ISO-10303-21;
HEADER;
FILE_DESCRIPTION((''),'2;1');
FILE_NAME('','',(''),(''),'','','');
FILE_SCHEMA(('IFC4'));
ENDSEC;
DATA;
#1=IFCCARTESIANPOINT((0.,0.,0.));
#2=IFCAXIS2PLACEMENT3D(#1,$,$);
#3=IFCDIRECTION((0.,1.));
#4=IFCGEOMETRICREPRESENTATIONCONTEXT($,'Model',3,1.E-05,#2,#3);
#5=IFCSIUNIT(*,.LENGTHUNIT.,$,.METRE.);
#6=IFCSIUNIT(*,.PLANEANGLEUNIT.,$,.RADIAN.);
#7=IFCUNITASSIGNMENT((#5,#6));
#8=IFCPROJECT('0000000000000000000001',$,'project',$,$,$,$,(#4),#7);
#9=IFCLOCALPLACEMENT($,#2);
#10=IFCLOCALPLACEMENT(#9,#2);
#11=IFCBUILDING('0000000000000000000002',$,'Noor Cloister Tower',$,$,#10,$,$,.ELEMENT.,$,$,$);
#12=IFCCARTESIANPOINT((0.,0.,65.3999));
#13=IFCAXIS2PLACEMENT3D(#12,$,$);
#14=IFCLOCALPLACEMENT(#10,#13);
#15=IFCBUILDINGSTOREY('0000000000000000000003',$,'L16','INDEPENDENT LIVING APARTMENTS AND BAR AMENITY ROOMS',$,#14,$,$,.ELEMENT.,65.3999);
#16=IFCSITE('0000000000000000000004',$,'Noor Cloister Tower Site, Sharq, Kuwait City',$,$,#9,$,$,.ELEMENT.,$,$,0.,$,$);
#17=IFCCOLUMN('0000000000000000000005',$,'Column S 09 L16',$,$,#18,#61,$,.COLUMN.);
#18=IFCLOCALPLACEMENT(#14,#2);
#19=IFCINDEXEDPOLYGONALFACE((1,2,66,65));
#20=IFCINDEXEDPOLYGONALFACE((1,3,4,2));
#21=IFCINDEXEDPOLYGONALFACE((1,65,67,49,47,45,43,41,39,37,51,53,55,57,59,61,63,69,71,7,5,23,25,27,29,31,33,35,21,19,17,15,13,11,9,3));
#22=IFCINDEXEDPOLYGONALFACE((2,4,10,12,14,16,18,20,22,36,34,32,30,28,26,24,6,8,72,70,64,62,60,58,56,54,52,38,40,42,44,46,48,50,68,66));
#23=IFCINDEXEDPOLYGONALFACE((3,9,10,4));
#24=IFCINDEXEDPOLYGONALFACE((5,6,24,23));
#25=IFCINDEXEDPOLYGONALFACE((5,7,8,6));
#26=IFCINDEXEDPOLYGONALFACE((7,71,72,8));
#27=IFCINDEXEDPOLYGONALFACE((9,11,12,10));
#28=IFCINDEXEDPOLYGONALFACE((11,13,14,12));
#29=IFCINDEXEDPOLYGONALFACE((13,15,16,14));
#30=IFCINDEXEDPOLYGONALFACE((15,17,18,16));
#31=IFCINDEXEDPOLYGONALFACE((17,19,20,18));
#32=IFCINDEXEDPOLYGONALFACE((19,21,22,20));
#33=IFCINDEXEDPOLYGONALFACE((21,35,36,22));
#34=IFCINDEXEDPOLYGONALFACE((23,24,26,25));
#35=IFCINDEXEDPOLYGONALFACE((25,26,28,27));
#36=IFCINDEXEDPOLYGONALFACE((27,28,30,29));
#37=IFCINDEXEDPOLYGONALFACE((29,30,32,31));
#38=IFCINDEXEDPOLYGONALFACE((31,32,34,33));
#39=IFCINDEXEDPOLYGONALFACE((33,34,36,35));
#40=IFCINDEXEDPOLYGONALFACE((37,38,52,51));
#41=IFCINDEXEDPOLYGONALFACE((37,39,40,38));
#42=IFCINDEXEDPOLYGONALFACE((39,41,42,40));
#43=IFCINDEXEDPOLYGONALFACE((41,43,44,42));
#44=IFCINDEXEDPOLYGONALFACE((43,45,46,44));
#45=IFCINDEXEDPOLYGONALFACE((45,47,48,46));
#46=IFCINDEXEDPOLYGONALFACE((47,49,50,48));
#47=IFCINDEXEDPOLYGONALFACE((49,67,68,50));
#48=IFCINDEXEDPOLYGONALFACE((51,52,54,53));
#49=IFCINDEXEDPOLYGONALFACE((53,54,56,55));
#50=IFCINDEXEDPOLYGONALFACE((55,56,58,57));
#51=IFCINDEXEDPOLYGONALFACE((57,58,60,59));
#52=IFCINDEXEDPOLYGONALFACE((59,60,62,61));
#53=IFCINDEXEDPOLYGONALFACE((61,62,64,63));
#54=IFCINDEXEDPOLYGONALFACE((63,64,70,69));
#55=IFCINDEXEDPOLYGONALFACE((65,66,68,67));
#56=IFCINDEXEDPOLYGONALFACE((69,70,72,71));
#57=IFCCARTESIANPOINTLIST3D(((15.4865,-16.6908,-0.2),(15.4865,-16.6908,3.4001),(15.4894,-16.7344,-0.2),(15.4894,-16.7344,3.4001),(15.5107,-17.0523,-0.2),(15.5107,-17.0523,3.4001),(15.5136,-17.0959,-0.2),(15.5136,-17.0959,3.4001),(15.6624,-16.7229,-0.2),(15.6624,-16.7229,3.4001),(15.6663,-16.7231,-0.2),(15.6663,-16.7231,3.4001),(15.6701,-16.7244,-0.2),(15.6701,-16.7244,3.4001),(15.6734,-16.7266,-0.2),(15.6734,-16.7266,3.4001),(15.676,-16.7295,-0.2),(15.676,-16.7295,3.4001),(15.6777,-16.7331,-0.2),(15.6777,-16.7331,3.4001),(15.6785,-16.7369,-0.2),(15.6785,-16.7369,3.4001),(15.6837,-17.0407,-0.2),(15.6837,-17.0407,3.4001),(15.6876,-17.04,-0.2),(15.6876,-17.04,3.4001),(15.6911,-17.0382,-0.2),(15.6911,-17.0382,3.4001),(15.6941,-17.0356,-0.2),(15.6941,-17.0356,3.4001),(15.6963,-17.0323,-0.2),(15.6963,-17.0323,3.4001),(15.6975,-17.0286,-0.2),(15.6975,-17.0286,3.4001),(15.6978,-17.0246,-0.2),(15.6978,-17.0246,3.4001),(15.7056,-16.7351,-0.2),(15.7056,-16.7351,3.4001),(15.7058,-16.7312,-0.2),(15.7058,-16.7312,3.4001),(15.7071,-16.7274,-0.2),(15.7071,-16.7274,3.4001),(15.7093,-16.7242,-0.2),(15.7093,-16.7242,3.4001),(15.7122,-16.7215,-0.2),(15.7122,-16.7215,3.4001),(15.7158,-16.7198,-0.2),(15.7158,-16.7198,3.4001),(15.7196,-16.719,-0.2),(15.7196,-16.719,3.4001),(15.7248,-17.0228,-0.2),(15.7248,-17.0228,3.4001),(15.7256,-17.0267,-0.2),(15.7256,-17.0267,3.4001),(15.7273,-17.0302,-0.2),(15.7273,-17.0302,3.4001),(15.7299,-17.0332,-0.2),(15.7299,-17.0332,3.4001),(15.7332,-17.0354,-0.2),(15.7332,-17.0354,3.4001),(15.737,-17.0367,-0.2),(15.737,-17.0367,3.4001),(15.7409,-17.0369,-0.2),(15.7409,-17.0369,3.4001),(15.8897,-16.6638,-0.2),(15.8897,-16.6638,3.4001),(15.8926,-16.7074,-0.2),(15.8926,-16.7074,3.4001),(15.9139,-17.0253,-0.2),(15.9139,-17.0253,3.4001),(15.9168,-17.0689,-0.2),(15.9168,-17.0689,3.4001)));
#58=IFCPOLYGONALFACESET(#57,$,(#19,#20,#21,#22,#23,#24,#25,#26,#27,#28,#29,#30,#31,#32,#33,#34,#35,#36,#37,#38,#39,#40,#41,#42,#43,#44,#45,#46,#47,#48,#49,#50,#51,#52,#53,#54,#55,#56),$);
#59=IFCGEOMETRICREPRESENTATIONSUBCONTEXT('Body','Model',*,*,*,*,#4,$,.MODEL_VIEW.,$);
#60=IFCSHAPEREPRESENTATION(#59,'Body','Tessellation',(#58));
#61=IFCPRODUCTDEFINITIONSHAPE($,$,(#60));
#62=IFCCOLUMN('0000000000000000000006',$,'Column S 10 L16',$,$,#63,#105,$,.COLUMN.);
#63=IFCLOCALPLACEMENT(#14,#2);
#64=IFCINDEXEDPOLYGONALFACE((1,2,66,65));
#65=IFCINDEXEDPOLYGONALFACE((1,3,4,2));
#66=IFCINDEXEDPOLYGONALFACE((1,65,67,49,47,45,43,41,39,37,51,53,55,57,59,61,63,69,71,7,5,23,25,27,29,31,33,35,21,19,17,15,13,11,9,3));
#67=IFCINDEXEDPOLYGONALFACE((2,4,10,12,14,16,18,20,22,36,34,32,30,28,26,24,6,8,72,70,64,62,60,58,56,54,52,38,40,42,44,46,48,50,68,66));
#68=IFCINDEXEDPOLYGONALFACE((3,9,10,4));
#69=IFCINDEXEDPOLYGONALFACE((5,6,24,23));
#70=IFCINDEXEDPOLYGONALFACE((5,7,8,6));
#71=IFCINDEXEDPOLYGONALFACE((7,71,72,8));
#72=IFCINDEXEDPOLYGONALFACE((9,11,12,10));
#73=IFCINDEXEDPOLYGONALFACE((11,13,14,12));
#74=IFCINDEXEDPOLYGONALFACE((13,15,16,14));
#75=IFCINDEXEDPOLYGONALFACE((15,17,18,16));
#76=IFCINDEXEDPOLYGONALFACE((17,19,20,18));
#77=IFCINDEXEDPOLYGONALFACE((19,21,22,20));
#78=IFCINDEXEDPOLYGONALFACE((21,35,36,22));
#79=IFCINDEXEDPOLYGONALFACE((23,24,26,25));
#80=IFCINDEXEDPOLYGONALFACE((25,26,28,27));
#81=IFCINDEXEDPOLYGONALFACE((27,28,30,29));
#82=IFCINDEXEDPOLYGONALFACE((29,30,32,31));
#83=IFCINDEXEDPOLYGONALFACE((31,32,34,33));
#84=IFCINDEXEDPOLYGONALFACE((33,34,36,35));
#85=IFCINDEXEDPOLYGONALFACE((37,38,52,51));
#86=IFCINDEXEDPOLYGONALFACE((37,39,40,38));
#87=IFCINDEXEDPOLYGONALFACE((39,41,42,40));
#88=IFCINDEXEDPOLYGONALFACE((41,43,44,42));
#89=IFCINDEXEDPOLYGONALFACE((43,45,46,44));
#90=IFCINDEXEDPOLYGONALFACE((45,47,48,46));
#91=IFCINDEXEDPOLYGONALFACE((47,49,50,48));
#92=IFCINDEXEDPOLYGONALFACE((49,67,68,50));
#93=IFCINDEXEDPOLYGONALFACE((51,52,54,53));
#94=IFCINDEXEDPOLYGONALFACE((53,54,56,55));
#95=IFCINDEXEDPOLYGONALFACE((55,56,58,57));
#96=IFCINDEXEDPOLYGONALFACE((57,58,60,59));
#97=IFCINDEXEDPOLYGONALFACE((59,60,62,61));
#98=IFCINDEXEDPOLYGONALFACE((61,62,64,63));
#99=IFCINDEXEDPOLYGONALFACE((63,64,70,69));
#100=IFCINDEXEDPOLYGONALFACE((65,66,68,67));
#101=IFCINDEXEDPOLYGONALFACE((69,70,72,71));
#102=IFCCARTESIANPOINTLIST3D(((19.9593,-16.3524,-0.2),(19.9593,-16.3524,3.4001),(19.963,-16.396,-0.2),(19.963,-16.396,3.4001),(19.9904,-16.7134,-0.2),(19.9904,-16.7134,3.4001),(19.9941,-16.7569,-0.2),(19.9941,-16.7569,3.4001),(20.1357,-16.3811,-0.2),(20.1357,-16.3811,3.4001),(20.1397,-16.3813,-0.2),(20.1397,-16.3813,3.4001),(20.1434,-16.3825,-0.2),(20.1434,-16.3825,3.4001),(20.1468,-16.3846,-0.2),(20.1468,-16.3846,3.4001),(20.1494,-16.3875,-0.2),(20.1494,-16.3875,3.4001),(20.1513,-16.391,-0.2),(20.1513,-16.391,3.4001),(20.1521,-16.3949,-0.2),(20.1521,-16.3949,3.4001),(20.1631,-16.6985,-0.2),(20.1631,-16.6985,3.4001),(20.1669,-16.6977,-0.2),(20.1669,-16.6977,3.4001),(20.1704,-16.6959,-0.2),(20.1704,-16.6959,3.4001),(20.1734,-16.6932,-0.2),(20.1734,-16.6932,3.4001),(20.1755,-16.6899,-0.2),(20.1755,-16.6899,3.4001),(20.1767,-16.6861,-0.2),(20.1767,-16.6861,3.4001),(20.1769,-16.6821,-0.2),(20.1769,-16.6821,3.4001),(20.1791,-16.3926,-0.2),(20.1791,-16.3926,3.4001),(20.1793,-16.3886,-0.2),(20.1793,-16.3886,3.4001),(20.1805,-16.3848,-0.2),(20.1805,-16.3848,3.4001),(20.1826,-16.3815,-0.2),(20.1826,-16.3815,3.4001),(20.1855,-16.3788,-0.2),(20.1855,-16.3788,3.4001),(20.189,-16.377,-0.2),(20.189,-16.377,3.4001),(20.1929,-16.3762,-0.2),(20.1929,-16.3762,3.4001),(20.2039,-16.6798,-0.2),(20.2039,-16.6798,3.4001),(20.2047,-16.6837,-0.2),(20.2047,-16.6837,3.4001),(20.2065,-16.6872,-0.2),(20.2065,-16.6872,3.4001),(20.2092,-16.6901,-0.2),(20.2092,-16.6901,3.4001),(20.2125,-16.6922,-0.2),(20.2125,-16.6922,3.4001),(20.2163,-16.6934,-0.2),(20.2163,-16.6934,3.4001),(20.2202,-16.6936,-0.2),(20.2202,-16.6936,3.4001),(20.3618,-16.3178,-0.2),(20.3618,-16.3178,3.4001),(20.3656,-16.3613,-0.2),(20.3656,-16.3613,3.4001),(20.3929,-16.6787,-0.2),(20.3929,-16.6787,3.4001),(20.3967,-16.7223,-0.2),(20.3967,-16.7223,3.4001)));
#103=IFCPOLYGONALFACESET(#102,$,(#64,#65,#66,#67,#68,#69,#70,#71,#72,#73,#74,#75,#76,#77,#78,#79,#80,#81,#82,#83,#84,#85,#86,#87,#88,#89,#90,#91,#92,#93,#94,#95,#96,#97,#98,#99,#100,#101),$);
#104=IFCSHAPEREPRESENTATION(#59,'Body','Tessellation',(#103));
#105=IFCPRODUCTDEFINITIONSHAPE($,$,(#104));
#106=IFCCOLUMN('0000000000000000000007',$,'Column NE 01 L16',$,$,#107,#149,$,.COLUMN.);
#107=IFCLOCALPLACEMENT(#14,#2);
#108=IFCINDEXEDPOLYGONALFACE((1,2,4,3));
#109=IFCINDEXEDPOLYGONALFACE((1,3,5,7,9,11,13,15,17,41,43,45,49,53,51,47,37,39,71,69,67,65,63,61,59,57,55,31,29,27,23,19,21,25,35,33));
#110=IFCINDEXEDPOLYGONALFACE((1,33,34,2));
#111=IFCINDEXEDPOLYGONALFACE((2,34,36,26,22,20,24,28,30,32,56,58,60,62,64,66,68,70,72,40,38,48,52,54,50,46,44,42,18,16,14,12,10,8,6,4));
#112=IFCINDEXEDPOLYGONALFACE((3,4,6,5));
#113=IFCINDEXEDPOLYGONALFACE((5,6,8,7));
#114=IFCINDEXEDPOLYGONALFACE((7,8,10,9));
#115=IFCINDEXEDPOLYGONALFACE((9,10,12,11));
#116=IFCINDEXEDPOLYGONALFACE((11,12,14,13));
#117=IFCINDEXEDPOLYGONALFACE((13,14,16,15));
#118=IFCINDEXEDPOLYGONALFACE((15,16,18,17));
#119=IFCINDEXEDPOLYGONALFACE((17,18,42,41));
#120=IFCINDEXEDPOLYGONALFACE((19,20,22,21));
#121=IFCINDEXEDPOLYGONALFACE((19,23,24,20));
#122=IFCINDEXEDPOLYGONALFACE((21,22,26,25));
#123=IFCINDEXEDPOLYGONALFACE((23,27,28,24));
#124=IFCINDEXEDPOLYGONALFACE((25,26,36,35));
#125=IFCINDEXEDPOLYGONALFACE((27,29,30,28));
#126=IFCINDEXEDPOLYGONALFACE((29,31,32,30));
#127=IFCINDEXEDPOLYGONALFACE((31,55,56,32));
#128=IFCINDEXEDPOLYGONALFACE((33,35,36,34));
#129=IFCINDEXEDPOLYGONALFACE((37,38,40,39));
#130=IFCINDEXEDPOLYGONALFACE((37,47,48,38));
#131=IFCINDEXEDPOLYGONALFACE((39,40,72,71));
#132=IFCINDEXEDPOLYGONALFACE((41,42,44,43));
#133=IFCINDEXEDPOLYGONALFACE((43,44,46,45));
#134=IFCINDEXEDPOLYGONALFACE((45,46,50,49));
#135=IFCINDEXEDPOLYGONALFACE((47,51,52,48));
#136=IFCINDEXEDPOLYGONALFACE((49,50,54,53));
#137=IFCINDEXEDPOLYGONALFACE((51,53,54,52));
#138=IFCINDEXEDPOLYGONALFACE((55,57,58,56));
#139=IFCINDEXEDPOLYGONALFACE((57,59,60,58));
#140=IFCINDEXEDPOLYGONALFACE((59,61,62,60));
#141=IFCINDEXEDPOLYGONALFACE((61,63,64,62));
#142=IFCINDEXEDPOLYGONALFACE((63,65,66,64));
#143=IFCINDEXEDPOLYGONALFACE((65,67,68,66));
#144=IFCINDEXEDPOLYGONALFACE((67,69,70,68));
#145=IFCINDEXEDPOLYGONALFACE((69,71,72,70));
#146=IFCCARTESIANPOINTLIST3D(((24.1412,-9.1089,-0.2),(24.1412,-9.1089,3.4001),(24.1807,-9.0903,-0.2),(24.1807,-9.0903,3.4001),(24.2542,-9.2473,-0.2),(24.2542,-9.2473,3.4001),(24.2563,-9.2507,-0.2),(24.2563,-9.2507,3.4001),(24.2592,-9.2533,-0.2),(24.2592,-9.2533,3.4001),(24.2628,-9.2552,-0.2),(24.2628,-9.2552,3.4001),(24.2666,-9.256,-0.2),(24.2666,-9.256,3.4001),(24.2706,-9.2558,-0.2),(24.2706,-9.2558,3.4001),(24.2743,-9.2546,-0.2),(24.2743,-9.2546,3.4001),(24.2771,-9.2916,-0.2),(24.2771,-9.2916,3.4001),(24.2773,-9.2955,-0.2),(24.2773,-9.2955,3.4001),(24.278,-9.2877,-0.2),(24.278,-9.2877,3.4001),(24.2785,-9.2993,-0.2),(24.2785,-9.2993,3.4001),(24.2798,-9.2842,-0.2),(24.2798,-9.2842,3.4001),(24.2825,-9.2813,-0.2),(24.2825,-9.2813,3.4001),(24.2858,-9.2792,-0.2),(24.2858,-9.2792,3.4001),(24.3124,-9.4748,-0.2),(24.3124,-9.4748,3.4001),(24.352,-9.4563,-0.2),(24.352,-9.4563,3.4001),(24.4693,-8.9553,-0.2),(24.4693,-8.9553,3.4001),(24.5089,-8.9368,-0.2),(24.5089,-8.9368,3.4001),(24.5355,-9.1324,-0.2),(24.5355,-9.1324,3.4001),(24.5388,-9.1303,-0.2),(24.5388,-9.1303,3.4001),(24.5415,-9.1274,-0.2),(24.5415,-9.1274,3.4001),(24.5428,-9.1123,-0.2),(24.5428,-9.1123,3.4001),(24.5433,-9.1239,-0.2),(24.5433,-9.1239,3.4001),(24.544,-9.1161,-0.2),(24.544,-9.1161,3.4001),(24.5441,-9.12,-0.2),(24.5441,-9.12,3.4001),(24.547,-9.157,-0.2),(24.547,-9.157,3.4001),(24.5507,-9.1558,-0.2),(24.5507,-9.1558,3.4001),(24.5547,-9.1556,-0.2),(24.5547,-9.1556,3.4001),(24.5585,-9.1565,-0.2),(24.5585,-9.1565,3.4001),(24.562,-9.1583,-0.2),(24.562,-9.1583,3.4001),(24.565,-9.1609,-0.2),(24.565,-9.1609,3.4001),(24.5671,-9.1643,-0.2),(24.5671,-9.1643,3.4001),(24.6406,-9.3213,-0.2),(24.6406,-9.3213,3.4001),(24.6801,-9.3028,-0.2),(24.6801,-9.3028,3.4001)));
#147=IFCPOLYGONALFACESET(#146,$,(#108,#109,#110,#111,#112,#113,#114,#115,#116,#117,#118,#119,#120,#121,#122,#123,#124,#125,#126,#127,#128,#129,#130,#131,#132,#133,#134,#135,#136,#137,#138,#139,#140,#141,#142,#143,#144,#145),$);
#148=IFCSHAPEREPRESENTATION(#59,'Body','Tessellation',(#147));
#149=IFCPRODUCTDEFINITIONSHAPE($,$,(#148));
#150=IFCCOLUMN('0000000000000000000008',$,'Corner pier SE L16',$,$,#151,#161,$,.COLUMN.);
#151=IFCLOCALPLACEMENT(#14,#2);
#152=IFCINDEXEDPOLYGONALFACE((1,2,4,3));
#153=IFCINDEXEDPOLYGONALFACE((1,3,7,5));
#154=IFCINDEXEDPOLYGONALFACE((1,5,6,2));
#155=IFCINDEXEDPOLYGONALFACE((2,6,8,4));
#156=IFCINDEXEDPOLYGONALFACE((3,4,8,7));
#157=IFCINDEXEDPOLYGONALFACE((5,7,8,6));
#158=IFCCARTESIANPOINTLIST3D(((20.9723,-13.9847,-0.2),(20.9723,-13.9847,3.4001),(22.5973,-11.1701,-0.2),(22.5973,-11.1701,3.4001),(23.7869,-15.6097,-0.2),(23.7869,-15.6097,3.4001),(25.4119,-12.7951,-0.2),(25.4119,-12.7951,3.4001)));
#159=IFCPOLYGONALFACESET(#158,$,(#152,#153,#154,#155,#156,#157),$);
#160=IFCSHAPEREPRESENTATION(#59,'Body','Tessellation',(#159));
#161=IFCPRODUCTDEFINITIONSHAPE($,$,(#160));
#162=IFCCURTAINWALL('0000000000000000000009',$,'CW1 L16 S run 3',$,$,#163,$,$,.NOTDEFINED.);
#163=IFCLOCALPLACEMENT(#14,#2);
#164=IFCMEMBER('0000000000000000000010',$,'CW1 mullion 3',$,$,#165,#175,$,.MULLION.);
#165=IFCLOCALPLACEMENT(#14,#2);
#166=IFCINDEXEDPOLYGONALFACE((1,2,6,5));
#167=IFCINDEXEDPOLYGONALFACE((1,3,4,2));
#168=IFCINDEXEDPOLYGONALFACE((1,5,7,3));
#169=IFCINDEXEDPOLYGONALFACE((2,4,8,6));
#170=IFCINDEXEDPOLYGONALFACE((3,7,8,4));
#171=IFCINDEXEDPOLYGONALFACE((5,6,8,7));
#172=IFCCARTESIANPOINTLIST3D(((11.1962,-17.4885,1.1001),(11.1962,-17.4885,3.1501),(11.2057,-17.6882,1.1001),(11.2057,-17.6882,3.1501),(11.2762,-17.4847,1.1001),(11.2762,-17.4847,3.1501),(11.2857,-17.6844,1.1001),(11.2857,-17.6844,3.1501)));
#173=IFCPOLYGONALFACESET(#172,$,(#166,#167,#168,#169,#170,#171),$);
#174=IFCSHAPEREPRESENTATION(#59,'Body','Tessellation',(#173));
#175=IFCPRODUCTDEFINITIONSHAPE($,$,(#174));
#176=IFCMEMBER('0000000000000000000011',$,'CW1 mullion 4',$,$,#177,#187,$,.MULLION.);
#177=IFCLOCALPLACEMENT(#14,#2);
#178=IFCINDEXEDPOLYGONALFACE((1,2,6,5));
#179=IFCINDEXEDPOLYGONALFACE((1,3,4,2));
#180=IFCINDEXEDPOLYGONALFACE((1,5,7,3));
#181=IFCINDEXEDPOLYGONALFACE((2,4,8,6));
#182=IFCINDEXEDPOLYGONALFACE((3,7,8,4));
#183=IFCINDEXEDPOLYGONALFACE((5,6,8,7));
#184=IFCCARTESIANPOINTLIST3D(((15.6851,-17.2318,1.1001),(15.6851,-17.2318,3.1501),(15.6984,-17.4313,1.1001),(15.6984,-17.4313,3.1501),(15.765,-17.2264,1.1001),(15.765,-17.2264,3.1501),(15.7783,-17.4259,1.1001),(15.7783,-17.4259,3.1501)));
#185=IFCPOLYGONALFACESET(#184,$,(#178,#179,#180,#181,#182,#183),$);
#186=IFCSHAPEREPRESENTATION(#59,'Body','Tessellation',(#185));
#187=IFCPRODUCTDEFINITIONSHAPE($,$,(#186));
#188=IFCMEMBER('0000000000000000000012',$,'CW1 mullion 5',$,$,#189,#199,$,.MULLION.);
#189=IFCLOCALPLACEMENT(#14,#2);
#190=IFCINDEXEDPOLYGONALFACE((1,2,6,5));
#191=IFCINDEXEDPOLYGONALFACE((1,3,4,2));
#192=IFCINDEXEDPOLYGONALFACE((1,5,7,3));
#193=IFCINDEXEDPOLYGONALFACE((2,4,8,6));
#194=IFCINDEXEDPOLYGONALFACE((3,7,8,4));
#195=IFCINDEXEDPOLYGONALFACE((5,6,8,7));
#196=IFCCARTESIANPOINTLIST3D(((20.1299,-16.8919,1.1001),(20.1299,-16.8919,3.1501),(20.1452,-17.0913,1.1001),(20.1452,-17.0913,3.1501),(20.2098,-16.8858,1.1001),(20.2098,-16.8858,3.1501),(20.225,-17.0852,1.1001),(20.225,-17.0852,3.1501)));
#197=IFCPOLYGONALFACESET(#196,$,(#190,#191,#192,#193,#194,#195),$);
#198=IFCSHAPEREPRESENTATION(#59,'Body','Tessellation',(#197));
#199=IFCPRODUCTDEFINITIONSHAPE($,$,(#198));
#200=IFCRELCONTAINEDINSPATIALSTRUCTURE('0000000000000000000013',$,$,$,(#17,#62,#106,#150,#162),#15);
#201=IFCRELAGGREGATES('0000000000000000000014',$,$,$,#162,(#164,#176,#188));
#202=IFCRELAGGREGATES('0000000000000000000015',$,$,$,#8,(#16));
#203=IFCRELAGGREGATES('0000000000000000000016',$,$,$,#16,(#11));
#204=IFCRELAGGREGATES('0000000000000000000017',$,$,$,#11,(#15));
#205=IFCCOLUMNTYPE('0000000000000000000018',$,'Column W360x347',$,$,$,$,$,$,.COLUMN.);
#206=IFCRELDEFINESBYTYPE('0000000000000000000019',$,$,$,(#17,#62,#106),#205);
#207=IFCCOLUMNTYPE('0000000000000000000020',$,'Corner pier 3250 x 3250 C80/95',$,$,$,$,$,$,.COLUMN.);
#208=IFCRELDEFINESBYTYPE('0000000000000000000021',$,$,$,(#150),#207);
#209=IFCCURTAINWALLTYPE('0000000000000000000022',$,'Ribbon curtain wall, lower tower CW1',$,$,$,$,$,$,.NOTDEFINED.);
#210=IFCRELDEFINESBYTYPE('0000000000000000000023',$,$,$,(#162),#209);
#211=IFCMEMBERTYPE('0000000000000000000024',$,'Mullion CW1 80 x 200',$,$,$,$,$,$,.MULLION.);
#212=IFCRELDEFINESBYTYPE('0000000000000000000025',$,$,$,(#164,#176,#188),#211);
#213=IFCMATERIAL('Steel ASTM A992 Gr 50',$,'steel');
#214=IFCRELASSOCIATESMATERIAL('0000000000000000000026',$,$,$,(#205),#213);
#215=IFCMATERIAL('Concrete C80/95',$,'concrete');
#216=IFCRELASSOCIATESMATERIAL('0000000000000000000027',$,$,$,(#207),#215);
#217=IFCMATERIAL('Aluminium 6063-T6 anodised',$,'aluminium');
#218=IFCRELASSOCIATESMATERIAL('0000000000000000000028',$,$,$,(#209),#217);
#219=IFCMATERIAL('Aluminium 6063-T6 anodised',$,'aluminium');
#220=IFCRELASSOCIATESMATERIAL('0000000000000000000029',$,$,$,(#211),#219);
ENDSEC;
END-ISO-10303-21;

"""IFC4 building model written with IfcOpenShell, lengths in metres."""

from ifc_helpers import new_model, si_unit, direction, frame, origin, origin_2d, place, context, subcontext, project, spatial, rectangle, i_section, extrude, material, material_profile, profile_set, type_object, element, aggregate, save


model = new_model("IFC4")

# Units and contexts
model_context = context("Model", 3, precision=1e-05, world=origin(), true_north=direction((0.0, 1.0)))
body_context = subcontext(model_context, "Body", "Model", "MODEL_VIEW")
ifc_project = project(units=[si_unit("LENGTHUNIT", "METRE"), si_unit("PLANEANGLEUNIT", "RADIAN")], contexts=[model_context])

# Site, building, storey
site_placement = place(None, origin())
site = spatial("IfcSite", under=ifc_project, at=site_placement, Name="Noor Cloister Tower Site, Sharq, Kuwait City", CompositionType="ELEMENT", RefElevation=0.0)
building_placement = place(site_placement, origin())
building = spatial("IfcBuilding", under=site, at=building_placement, Name="Noor Cloister Tower", CompositionType="ELEMENT")
storey_placement = place(building_placement, frame((0.0, 0.0, 65.3999)))
storey = spatial("IfcBuildingStorey", under=building, at=storey_placement, Name="L16", Description="INDEPENDENT LIVING APARTMENTS AND BAR AMENITY ROOMS", CompositionType="ELEMENT", Elevation=65.3999)

# Columns
ifc_material_1 = material(Name="Steel ASTM A992 Gr 50", Category="steel")
ifc_material_profile_1 = material_profile(ifc_material_1, i_section(OverallWidth=0.4041, OverallDepth=0.406, WebThickness=0.0271, FlangeThickness=0.0437, FilletRadius=0.0151, at=origin_2d()), Name="W360x347")
ifc_profile_set_1 = profile_set([ifc_material_profile_1], Name="Steel ASTM A992 Gr 50")
column_type_1 = type_object("IfcColumnType", Name="Column W360x347", PredefinedType="COLUMN", material=ifc_profile_set_1)
for number, where, z_axis, x_axis, name in (
    (1, (15.7017, -16.8799, -0.2), (0.0, 0.0, 1.0), (0.997767, 0.066787, 0.0), "Column S 09 L16"),
    (2, (20.178, -16.5374, -0.2), (0.0, 0.0, 1.0), (0.99631, 0.085828, 0.0), "Column S 10 L16"),
    (3, (24.4106, -9.2058, -0.2), (0.0, 0.0, 1.0), (-0.423826, 0.905744, 0.0), "Column NE 01 L16"),
):
    element("IfcColumn", number, at=place(storey_placement, frame(where, z_axis=z_axis, x_axis=x_axis)), inside=storey, type_object=column_type_1, Name=name, PredefinedType="COLUMN", context=body_context, shape_type="SweptSolid", body=[
        extrude(i_section(OverallWidth=0.4041, OverallDepth=0.406, WebThickness=0.0271, FlangeThickness=0.0437, FilletRadius=0.0151, at=origin_2d()), origin(), (0.0, 0.0, 1.0), 3.6001),
    ])
ifc_material_2 = material(Name="Concrete C80/95", Category="concrete")
ifc_material_profile_2 = material_profile(ifc_material_2, rectangle(XDim=3.25, YDim=3.25, at=origin_2d()), Name="RC 3250x3250")
ifc_profile_set_2 = profile_set([ifc_material_profile_2], Name="Concrete C80/95")
column_type_2 = type_object("IfcColumnType", Name="Corner pier 3250 x 3250 C80/95", PredefinedType="COLUMN", material=ifc_profile_set_2)
column_placement = place(storey_placement, frame((23.1921, -13.3899, -0.2), z_axis=(0.0, 0.0, 1.0), x_axis=(0.866025, -0.5, 0.0)))
element("IfcColumn", 4, at=column_placement, inside=storey, type_object=column_type_2, Name="Corner pier SE L16", PredefinedType="COLUMN", context=body_context, shape_type="SweptSolid", body=[
    extrude(rectangle(XDim=3.25, YDim=3.25, at=origin_2d()), origin(), (0.0, 0.0, 1.0), 3.6001),
])

# Curtain wall, members
ifc_material_3 = material(Name="Aluminium 6063-T6 anodised", Category="aluminium")
curtain_wall_type = type_object("IfcCurtainWallType", Name="Ribbon curtain wall, lower tower CW1", PredefinedType="NOTDEFINED", material=ifc_material_3)
curtain_wall_1_placement = place(storey_placement, origin())
curtain_wall_1 = element("IfcCurtainWall", 5, at=curtain_wall_1_placement, inside=storey, type_object=curtain_wall_type, Name="CW1 L16 S run 3", PredefinedType="NOTDEFINED")
ifc_material_4 = material(Name="Aluminium 6063-T6 anodised", Category="aluminium")
ifc_material_profile_3 = material_profile(ifc_material_4, rectangle(XDim=0.2, YDim=0.0801, at=origin_2d()), Name="200 x 80 mullion")
ifc_profile_set_3 = profile_set([ifc_material_profile_3], Name="Aluminium 6063-T6 anodised")
member_type = type_object("IfcMemberType", Name="Mullion CW1 80 x 200", PredefinedType="MULLION", material=ifc_profile_set_3)
member_1_placement = place(storey_placement, frame((11.241, -17.5864, 1.1001), z_axis=(0.0, 0.0, 1.0), x_axis=(-0.047723, 0.998861, 0.0)))
member_1 = element("IfcMember", 6, at=member_1_placement, type_object=member_type, Name="CW1 mullion 3", PredefinedType="MULLION", context=body_context, shape_type="SweptSolid", body=[
    extrude(rectangle(XDim=0.2, YDim=0.0801, at=origin_2d()), origin(), (0.0, 0.0, 1.0), 2.05),
])
member_2_placement = place(storey_placement, frame((15.7317, -17.3289, 1.1001), z_axis=(0.0, 0.0, 1.0), x_axis=(-0.066787, 0.997767, 0.0)))
member_2 = element("IfcMember", 7, at=member_2_placement, type_object=member_type, Name="CW1 mullion 4", PredefinedType="MULLION", context=body_context, shape_type="SweptSolid", body=[
    extrude(rectangle(XDim=0.2, YDim=0.0801, at=origin_2d()), origin(), (0.0, 0.0, 1.0), 2.05),
])
member_3_placement = place(storey_placement, frame((20.1775, -16.9885, 1.1001), z_axis=(0.0, 0.0, 1.0), x_axis=(-0.076311, 0.997084, 0.0)))
member_3 = element("IfcMember", 8, at=member_3_placement, type_object=member_type, Name="CW1 mullion 5", PredefinedType="MULLION", context=body_context, shape_type="SweptSolid", body=[
    extrude(rectangle(XDim=0.2, YDim=0.0801, at=origin_2d()), origin(), (0.0, 0.0, 1.0), 2.05),
])

aggregate(curtain_wall_1, [member_1, member_2, member_3])

save(model, "model.ifc")
